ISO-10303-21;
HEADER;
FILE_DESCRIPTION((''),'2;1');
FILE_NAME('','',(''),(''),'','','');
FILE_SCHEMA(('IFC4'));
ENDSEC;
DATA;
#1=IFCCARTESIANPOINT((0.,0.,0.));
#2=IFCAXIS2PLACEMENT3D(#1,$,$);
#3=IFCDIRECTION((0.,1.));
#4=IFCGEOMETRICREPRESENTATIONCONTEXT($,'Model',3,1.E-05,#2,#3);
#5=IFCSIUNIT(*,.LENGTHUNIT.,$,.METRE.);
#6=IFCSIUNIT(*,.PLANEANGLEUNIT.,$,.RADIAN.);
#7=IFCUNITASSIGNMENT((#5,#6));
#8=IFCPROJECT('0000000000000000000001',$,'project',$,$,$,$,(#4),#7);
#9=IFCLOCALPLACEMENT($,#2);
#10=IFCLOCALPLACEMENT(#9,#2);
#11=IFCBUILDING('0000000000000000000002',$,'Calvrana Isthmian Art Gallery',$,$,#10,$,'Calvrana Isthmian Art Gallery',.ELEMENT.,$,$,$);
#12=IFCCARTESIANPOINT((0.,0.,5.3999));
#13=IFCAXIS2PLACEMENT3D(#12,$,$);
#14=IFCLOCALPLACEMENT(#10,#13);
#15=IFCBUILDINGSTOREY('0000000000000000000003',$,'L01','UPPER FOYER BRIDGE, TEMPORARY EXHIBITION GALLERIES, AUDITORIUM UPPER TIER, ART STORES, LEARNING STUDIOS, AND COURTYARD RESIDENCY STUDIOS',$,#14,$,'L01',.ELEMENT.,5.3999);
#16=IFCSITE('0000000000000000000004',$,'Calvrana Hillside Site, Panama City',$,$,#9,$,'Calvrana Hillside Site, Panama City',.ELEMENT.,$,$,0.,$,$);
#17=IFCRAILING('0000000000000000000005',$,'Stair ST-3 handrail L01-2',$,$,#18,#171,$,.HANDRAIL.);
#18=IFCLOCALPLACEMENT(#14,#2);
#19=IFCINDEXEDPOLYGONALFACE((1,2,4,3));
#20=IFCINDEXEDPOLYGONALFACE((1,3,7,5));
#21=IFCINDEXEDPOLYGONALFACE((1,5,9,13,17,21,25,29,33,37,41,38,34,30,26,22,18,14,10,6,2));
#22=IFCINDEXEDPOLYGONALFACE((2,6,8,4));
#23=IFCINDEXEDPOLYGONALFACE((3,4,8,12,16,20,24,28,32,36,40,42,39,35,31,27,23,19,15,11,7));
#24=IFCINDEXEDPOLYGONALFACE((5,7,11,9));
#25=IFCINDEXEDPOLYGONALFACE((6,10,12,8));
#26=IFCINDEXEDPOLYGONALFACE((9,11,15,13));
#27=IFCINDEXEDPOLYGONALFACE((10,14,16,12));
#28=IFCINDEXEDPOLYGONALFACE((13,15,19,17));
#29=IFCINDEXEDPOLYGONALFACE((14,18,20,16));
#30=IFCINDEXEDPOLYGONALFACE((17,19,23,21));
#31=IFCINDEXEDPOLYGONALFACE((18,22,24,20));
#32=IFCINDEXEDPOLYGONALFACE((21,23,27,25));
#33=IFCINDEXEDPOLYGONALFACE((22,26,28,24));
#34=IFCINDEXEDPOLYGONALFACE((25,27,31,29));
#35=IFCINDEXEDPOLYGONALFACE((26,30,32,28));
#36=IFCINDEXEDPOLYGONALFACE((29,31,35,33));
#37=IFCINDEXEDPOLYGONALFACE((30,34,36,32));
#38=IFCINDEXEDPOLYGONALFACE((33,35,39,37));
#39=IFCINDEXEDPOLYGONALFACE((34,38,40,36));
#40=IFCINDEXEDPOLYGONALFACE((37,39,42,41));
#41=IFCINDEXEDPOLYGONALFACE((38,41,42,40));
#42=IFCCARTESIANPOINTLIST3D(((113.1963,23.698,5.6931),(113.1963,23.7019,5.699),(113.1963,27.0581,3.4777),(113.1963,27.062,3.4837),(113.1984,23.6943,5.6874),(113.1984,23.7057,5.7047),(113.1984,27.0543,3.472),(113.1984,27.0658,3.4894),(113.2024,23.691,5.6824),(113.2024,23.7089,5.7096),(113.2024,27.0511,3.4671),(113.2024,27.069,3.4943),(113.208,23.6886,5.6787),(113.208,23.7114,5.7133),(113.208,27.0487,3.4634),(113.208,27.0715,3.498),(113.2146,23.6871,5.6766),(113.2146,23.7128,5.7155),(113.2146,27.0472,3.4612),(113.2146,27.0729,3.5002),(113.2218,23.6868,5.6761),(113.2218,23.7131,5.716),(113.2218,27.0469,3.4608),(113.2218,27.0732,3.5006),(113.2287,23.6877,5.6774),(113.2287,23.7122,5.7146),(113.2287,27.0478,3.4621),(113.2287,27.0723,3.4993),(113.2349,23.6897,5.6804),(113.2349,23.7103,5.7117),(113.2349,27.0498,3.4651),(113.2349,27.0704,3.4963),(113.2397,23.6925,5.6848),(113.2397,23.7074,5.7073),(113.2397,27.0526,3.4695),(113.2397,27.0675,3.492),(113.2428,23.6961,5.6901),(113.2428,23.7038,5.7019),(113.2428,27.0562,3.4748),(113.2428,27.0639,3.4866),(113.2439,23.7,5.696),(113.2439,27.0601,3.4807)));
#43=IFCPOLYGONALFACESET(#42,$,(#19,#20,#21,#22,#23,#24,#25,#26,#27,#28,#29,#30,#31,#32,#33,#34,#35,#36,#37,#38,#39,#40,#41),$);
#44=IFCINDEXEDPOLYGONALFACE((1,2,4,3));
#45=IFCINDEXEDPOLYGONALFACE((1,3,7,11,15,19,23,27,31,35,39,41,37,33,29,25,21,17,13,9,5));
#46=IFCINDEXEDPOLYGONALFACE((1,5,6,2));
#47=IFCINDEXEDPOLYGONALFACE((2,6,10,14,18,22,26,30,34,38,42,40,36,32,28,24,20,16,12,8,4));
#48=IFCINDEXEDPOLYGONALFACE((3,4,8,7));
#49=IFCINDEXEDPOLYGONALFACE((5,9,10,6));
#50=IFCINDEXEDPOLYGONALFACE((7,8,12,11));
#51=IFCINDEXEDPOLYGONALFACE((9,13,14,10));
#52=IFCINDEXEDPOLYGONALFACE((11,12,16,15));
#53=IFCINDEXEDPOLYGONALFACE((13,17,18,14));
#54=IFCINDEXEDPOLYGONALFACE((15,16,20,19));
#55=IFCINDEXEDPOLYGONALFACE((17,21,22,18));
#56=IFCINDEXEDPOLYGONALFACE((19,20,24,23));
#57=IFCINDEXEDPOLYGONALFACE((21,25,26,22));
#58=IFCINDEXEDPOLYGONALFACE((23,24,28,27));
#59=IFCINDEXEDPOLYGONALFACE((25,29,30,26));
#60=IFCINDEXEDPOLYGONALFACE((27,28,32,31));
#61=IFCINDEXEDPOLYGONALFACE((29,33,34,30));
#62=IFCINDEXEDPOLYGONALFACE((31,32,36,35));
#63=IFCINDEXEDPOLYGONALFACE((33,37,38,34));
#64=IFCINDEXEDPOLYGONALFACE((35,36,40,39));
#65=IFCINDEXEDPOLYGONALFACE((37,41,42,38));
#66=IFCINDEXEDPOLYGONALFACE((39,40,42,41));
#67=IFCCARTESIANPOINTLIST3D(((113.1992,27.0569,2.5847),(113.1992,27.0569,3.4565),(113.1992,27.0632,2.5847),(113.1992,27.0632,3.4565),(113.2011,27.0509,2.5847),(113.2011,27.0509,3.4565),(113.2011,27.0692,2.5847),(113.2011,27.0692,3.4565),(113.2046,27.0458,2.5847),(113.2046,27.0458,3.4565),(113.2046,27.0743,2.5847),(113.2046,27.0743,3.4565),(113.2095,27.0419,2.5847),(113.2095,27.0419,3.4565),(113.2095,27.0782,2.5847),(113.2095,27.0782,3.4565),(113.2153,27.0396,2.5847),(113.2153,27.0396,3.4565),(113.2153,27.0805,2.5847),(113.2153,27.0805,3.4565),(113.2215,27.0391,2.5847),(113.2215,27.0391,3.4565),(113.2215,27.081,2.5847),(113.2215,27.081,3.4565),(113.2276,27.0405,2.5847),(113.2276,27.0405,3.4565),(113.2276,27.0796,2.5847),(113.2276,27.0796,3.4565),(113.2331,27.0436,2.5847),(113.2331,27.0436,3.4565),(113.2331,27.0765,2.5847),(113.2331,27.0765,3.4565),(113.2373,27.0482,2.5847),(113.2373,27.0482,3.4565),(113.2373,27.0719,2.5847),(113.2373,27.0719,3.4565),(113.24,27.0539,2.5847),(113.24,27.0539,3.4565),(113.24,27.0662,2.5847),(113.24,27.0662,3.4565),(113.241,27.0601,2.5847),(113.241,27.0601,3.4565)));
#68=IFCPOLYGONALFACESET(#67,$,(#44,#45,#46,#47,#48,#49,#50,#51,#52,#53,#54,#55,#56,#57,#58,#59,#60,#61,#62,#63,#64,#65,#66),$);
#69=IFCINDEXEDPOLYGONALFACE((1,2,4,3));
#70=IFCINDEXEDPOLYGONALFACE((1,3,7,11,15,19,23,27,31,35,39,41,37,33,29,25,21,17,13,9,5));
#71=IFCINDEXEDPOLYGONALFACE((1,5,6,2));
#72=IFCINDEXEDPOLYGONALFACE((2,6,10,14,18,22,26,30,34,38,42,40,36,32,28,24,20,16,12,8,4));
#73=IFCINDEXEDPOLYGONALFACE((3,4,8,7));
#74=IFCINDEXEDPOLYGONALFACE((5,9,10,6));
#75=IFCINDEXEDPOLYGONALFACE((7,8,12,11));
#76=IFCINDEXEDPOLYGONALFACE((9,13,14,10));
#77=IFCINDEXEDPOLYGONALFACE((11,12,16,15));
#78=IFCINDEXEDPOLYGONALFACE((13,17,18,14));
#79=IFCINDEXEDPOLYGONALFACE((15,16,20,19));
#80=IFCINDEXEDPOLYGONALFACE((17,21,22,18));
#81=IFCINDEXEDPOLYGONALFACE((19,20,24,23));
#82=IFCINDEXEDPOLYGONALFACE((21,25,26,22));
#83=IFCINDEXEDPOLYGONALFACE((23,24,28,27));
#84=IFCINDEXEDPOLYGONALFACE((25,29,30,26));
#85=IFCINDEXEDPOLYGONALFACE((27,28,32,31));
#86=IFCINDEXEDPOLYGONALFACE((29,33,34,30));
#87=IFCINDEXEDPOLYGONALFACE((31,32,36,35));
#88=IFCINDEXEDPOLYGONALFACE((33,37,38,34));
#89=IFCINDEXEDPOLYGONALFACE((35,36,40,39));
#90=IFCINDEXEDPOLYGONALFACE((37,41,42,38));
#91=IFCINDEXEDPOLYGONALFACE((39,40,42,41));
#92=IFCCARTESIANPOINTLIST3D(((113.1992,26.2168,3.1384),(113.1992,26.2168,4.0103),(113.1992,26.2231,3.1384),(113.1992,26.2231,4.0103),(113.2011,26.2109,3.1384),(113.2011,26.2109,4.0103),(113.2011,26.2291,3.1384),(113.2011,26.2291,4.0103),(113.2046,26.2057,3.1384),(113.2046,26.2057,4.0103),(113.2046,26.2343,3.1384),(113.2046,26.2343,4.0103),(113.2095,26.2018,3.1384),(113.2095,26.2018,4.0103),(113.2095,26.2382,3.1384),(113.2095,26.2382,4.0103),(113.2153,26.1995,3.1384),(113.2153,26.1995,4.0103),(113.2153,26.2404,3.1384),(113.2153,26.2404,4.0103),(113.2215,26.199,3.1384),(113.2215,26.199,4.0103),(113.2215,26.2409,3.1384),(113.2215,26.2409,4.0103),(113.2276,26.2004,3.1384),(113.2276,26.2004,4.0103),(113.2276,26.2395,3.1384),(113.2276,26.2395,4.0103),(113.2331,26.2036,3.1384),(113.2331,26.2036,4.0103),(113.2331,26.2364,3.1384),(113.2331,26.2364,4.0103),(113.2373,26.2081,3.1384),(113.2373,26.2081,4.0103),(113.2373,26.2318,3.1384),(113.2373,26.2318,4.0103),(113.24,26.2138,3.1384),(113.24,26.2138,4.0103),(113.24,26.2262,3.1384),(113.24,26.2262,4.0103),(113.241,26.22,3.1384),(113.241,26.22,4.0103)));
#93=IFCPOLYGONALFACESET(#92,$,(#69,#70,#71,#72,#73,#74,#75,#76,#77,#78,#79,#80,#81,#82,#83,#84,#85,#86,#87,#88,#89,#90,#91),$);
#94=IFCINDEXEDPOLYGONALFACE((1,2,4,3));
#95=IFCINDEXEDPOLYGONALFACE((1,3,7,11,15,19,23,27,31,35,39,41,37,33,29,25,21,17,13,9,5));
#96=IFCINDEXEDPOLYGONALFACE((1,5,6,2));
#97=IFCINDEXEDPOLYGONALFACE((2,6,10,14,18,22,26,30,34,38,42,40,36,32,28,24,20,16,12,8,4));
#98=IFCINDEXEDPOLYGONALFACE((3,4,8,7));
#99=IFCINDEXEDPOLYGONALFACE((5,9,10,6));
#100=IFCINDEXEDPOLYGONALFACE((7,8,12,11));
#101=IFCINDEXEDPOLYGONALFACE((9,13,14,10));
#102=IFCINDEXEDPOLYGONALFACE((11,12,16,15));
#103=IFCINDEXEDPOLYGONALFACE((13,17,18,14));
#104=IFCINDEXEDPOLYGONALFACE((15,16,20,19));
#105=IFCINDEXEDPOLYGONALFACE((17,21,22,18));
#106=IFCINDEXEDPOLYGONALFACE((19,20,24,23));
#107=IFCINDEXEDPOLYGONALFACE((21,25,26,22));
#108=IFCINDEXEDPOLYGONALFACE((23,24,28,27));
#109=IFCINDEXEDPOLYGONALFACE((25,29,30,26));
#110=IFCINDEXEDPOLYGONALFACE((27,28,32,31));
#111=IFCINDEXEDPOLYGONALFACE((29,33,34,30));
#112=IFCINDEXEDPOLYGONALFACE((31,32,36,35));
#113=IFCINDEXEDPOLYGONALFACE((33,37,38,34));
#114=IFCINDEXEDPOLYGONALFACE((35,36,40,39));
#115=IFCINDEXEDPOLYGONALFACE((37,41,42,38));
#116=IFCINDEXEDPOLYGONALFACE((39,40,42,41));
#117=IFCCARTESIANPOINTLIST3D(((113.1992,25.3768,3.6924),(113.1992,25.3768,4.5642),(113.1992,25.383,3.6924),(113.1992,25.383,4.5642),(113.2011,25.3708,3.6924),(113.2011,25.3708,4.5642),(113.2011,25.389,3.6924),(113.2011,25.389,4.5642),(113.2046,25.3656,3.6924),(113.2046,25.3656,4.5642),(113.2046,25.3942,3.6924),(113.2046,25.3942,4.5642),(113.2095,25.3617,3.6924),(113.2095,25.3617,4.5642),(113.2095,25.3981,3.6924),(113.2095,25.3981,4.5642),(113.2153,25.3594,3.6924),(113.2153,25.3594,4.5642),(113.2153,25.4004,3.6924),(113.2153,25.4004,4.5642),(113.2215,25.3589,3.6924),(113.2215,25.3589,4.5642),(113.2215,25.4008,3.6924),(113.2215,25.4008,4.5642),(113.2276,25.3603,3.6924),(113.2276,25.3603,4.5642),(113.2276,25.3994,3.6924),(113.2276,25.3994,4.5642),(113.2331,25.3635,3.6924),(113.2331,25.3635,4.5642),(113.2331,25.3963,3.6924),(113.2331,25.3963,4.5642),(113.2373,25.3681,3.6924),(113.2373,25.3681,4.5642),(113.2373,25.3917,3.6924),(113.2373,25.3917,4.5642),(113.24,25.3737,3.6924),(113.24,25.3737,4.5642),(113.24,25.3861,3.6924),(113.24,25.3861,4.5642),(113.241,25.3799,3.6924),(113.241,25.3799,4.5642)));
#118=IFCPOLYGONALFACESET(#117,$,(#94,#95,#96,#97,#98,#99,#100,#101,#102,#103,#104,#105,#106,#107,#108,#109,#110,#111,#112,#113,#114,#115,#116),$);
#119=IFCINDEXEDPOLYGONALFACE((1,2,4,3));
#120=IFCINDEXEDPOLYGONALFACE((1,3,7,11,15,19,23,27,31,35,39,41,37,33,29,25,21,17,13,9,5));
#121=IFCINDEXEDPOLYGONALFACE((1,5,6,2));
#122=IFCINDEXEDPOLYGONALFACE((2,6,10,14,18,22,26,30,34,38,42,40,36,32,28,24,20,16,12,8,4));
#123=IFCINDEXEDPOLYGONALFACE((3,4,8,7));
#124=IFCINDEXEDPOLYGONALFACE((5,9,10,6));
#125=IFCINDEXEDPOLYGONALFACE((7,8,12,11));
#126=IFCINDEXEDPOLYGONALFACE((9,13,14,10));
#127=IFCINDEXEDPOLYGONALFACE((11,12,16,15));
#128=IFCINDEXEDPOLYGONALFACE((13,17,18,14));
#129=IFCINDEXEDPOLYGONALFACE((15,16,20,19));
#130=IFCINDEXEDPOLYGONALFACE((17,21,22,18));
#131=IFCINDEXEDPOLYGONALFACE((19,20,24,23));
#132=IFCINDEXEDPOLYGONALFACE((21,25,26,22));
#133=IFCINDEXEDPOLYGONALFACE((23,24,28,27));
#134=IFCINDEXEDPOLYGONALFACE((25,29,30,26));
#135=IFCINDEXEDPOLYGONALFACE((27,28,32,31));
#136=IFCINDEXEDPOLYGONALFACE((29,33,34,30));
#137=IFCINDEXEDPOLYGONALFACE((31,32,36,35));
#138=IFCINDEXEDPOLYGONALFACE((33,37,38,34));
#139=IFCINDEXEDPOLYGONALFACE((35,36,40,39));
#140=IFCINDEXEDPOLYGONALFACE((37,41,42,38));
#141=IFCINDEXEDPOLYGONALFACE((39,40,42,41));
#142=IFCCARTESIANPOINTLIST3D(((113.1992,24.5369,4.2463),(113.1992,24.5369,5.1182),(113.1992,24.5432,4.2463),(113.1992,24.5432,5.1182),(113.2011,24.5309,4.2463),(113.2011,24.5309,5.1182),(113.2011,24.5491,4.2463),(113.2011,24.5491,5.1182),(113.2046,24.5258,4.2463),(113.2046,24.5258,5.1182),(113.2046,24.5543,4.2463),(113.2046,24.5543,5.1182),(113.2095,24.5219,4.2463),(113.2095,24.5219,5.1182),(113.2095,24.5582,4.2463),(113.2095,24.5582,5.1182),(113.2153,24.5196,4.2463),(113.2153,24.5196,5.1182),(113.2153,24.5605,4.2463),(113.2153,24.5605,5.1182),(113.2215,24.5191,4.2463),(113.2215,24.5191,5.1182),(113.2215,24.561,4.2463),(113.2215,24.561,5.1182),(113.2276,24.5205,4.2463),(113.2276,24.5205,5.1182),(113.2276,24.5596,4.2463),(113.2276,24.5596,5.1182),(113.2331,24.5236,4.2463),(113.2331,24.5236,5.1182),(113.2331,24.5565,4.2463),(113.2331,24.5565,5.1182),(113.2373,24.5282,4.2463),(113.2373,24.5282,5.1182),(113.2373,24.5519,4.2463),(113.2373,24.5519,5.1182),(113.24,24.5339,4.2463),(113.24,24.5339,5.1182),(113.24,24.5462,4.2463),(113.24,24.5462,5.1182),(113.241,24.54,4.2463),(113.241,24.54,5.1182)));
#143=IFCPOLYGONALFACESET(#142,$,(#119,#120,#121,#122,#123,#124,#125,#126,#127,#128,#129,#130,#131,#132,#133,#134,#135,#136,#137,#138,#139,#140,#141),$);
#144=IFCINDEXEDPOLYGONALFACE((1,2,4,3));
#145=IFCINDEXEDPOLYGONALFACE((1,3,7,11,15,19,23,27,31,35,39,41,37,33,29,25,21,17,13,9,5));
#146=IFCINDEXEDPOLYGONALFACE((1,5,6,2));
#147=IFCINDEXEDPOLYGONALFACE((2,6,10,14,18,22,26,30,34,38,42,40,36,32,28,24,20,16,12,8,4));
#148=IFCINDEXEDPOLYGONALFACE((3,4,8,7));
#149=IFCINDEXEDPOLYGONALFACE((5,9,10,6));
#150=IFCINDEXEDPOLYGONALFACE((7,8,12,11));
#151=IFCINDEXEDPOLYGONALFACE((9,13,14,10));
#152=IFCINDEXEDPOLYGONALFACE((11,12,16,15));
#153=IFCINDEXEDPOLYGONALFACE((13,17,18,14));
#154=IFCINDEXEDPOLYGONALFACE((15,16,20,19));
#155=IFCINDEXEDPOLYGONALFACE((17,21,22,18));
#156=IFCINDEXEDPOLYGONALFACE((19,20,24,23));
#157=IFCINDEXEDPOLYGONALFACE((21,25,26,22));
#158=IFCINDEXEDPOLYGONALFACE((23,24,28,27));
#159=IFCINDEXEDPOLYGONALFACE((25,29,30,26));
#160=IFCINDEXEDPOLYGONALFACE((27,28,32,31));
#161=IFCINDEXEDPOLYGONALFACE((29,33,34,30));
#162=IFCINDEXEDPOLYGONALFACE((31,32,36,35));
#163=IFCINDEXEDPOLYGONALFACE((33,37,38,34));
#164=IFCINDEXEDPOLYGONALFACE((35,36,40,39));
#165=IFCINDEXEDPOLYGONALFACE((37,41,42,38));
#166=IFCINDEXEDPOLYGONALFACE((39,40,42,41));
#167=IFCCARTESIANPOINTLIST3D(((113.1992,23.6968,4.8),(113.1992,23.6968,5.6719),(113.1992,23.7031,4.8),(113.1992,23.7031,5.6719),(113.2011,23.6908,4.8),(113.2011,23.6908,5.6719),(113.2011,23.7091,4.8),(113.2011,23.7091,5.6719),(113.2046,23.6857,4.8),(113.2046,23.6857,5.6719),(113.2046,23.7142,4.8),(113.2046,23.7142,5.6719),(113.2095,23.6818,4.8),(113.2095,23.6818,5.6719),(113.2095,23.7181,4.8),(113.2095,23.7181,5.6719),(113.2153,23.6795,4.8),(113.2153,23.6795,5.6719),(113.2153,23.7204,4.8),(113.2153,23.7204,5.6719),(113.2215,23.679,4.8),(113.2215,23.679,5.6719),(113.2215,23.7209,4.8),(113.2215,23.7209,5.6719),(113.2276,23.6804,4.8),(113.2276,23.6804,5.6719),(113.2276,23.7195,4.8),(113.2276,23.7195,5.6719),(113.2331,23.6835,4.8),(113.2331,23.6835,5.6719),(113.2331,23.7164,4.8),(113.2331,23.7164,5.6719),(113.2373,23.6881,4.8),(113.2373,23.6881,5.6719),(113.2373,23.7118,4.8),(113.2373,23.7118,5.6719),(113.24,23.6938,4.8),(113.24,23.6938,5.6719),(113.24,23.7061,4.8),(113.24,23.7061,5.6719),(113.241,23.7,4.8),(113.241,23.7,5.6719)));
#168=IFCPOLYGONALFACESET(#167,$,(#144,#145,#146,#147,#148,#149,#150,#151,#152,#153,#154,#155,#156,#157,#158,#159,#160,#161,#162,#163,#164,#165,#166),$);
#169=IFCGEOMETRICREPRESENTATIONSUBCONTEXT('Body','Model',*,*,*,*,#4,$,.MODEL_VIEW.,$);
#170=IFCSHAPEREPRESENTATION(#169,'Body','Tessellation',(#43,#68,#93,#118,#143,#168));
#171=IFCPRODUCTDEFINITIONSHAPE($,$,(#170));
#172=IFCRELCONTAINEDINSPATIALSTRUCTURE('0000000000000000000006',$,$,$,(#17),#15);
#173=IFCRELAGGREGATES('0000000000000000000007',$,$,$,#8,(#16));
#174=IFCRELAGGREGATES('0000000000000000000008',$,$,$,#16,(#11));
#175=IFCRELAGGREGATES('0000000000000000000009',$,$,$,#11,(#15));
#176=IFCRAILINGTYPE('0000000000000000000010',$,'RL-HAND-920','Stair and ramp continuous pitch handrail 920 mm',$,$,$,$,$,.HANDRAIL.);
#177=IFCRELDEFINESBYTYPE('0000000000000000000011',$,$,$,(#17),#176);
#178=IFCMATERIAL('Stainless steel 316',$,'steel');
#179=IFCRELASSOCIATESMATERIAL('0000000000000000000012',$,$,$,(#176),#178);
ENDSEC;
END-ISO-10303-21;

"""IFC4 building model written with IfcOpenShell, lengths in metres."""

from ifc_helpers import new_model, si_unit, direction, frame, origin, origin_2d, place, context, subcontext, project, spatial, circle, extrude, material, type_object, element, save


model = new_model("IFC4")

# Units and contexts
model_context = context("Model", 3, precision=1e-05, world=origin(), true_north=direction((0.0, 1.0)))
body_context = subcontext(model_context, "Body", "Model", "MODEL_VIEW")
ifc_project = project(units=[si_unit("LENGTHUNIT", "METRE"), si_unit("PLANEANGLEUNIT", "RADIAN")], contexts=[model_context])

# Site, building, storey
site_placement = place(None, origin())
site = spatial("IfcSite", under=ifc_project, at=site_placement, Name="Calvrana Hillside Site, Panama City", LongName="Calvrana Hillside Site, Panama City", CompositionType="ELEMENT", RefElevation=0.0)
building_placement = place(site_placement, origin())
building = spatial("IfcBuilding", under=site, at=building_placement, Name="Calvrana Isthmian Art Gallery", LongName="Calvrana Isthmian Art Gallery", CompositionType="ELEMENT")
storey_placement = place(building_placement, frame((0.0, 0.0, 5.3999)))
storey = spatial("IfcBuildingStorey", under=building, at=storey_placement, Name="L01", Description="UPPER FOYER BRIDGE, TEMPORARY EXHIBITION GALLERIES, AUDITORIUM UPPER TIER, ART STORES, LEARNING STUDIOS, AND COURTYARD RESIDENCY STUDIOS", LongName="L01", CompositionType="ELEMENT", Elevation=5.3999)

# Railing
ifc_material_1 = material(Name="Stainless steel 316", Category="steel")
railing_type_1 = type_object("IfcRailingType", Name="RL-HAND-920", Description="Stair and ramp continuous pitch handrail 920 mm", PredefinedType="HANDRAIL", material=ifc_material_1)
railing_1_placement = place(storey_placement, frame((113.22, 27.0601, 2.5847)))
element("IfcRailing", 1, at=railing_1_placement, inside=storey, type_object=railing_type_1, Name="Stair ST-3 handrail L01-2", PredefinedType="HANDRAIL", context=body_context, shape_type="SweptSolid", body=[
    extrude(circle(Radius=0.0239, at=origin_2d()), frame((0.0, 0.0, 0.896), z_axis=(0.0, -0.834876, 0.550437), x_axis=(1.0, 0.0, 0.0)), (0.0, 0.0, 1.0), 4.0247),
    extrude(circle(Radius=0.021, at=origin_2d()), origin(), (0.0, 0.0, 1.0), 0.8718),
    extrude(circle(Radius=0.021, at=origin_2d()), frame((0.0, -0.8401, 0.5537)), (0.0, 0.0, 1.0), 0.8718),
    extrude(circle(Radius=0.021, at=origin_2d()), frame((0.0, -1.6802, 1.1077)), (0.0, 0.0, 1.0), 0.8718),
    extrude(circle(Radius=0.021, at=origin_2d()), frame((0.0, -2.52, 1.6616)), (0.0, 0.0, 1.0), 0.8718),
    extrude(circle(Radius=0.021, at=origin_2d()), frame((0.0, -3.3601, 2.2153)), (0.0, 0.0, 1.0), 0.8718),
])

save(model, "model.ifc")
